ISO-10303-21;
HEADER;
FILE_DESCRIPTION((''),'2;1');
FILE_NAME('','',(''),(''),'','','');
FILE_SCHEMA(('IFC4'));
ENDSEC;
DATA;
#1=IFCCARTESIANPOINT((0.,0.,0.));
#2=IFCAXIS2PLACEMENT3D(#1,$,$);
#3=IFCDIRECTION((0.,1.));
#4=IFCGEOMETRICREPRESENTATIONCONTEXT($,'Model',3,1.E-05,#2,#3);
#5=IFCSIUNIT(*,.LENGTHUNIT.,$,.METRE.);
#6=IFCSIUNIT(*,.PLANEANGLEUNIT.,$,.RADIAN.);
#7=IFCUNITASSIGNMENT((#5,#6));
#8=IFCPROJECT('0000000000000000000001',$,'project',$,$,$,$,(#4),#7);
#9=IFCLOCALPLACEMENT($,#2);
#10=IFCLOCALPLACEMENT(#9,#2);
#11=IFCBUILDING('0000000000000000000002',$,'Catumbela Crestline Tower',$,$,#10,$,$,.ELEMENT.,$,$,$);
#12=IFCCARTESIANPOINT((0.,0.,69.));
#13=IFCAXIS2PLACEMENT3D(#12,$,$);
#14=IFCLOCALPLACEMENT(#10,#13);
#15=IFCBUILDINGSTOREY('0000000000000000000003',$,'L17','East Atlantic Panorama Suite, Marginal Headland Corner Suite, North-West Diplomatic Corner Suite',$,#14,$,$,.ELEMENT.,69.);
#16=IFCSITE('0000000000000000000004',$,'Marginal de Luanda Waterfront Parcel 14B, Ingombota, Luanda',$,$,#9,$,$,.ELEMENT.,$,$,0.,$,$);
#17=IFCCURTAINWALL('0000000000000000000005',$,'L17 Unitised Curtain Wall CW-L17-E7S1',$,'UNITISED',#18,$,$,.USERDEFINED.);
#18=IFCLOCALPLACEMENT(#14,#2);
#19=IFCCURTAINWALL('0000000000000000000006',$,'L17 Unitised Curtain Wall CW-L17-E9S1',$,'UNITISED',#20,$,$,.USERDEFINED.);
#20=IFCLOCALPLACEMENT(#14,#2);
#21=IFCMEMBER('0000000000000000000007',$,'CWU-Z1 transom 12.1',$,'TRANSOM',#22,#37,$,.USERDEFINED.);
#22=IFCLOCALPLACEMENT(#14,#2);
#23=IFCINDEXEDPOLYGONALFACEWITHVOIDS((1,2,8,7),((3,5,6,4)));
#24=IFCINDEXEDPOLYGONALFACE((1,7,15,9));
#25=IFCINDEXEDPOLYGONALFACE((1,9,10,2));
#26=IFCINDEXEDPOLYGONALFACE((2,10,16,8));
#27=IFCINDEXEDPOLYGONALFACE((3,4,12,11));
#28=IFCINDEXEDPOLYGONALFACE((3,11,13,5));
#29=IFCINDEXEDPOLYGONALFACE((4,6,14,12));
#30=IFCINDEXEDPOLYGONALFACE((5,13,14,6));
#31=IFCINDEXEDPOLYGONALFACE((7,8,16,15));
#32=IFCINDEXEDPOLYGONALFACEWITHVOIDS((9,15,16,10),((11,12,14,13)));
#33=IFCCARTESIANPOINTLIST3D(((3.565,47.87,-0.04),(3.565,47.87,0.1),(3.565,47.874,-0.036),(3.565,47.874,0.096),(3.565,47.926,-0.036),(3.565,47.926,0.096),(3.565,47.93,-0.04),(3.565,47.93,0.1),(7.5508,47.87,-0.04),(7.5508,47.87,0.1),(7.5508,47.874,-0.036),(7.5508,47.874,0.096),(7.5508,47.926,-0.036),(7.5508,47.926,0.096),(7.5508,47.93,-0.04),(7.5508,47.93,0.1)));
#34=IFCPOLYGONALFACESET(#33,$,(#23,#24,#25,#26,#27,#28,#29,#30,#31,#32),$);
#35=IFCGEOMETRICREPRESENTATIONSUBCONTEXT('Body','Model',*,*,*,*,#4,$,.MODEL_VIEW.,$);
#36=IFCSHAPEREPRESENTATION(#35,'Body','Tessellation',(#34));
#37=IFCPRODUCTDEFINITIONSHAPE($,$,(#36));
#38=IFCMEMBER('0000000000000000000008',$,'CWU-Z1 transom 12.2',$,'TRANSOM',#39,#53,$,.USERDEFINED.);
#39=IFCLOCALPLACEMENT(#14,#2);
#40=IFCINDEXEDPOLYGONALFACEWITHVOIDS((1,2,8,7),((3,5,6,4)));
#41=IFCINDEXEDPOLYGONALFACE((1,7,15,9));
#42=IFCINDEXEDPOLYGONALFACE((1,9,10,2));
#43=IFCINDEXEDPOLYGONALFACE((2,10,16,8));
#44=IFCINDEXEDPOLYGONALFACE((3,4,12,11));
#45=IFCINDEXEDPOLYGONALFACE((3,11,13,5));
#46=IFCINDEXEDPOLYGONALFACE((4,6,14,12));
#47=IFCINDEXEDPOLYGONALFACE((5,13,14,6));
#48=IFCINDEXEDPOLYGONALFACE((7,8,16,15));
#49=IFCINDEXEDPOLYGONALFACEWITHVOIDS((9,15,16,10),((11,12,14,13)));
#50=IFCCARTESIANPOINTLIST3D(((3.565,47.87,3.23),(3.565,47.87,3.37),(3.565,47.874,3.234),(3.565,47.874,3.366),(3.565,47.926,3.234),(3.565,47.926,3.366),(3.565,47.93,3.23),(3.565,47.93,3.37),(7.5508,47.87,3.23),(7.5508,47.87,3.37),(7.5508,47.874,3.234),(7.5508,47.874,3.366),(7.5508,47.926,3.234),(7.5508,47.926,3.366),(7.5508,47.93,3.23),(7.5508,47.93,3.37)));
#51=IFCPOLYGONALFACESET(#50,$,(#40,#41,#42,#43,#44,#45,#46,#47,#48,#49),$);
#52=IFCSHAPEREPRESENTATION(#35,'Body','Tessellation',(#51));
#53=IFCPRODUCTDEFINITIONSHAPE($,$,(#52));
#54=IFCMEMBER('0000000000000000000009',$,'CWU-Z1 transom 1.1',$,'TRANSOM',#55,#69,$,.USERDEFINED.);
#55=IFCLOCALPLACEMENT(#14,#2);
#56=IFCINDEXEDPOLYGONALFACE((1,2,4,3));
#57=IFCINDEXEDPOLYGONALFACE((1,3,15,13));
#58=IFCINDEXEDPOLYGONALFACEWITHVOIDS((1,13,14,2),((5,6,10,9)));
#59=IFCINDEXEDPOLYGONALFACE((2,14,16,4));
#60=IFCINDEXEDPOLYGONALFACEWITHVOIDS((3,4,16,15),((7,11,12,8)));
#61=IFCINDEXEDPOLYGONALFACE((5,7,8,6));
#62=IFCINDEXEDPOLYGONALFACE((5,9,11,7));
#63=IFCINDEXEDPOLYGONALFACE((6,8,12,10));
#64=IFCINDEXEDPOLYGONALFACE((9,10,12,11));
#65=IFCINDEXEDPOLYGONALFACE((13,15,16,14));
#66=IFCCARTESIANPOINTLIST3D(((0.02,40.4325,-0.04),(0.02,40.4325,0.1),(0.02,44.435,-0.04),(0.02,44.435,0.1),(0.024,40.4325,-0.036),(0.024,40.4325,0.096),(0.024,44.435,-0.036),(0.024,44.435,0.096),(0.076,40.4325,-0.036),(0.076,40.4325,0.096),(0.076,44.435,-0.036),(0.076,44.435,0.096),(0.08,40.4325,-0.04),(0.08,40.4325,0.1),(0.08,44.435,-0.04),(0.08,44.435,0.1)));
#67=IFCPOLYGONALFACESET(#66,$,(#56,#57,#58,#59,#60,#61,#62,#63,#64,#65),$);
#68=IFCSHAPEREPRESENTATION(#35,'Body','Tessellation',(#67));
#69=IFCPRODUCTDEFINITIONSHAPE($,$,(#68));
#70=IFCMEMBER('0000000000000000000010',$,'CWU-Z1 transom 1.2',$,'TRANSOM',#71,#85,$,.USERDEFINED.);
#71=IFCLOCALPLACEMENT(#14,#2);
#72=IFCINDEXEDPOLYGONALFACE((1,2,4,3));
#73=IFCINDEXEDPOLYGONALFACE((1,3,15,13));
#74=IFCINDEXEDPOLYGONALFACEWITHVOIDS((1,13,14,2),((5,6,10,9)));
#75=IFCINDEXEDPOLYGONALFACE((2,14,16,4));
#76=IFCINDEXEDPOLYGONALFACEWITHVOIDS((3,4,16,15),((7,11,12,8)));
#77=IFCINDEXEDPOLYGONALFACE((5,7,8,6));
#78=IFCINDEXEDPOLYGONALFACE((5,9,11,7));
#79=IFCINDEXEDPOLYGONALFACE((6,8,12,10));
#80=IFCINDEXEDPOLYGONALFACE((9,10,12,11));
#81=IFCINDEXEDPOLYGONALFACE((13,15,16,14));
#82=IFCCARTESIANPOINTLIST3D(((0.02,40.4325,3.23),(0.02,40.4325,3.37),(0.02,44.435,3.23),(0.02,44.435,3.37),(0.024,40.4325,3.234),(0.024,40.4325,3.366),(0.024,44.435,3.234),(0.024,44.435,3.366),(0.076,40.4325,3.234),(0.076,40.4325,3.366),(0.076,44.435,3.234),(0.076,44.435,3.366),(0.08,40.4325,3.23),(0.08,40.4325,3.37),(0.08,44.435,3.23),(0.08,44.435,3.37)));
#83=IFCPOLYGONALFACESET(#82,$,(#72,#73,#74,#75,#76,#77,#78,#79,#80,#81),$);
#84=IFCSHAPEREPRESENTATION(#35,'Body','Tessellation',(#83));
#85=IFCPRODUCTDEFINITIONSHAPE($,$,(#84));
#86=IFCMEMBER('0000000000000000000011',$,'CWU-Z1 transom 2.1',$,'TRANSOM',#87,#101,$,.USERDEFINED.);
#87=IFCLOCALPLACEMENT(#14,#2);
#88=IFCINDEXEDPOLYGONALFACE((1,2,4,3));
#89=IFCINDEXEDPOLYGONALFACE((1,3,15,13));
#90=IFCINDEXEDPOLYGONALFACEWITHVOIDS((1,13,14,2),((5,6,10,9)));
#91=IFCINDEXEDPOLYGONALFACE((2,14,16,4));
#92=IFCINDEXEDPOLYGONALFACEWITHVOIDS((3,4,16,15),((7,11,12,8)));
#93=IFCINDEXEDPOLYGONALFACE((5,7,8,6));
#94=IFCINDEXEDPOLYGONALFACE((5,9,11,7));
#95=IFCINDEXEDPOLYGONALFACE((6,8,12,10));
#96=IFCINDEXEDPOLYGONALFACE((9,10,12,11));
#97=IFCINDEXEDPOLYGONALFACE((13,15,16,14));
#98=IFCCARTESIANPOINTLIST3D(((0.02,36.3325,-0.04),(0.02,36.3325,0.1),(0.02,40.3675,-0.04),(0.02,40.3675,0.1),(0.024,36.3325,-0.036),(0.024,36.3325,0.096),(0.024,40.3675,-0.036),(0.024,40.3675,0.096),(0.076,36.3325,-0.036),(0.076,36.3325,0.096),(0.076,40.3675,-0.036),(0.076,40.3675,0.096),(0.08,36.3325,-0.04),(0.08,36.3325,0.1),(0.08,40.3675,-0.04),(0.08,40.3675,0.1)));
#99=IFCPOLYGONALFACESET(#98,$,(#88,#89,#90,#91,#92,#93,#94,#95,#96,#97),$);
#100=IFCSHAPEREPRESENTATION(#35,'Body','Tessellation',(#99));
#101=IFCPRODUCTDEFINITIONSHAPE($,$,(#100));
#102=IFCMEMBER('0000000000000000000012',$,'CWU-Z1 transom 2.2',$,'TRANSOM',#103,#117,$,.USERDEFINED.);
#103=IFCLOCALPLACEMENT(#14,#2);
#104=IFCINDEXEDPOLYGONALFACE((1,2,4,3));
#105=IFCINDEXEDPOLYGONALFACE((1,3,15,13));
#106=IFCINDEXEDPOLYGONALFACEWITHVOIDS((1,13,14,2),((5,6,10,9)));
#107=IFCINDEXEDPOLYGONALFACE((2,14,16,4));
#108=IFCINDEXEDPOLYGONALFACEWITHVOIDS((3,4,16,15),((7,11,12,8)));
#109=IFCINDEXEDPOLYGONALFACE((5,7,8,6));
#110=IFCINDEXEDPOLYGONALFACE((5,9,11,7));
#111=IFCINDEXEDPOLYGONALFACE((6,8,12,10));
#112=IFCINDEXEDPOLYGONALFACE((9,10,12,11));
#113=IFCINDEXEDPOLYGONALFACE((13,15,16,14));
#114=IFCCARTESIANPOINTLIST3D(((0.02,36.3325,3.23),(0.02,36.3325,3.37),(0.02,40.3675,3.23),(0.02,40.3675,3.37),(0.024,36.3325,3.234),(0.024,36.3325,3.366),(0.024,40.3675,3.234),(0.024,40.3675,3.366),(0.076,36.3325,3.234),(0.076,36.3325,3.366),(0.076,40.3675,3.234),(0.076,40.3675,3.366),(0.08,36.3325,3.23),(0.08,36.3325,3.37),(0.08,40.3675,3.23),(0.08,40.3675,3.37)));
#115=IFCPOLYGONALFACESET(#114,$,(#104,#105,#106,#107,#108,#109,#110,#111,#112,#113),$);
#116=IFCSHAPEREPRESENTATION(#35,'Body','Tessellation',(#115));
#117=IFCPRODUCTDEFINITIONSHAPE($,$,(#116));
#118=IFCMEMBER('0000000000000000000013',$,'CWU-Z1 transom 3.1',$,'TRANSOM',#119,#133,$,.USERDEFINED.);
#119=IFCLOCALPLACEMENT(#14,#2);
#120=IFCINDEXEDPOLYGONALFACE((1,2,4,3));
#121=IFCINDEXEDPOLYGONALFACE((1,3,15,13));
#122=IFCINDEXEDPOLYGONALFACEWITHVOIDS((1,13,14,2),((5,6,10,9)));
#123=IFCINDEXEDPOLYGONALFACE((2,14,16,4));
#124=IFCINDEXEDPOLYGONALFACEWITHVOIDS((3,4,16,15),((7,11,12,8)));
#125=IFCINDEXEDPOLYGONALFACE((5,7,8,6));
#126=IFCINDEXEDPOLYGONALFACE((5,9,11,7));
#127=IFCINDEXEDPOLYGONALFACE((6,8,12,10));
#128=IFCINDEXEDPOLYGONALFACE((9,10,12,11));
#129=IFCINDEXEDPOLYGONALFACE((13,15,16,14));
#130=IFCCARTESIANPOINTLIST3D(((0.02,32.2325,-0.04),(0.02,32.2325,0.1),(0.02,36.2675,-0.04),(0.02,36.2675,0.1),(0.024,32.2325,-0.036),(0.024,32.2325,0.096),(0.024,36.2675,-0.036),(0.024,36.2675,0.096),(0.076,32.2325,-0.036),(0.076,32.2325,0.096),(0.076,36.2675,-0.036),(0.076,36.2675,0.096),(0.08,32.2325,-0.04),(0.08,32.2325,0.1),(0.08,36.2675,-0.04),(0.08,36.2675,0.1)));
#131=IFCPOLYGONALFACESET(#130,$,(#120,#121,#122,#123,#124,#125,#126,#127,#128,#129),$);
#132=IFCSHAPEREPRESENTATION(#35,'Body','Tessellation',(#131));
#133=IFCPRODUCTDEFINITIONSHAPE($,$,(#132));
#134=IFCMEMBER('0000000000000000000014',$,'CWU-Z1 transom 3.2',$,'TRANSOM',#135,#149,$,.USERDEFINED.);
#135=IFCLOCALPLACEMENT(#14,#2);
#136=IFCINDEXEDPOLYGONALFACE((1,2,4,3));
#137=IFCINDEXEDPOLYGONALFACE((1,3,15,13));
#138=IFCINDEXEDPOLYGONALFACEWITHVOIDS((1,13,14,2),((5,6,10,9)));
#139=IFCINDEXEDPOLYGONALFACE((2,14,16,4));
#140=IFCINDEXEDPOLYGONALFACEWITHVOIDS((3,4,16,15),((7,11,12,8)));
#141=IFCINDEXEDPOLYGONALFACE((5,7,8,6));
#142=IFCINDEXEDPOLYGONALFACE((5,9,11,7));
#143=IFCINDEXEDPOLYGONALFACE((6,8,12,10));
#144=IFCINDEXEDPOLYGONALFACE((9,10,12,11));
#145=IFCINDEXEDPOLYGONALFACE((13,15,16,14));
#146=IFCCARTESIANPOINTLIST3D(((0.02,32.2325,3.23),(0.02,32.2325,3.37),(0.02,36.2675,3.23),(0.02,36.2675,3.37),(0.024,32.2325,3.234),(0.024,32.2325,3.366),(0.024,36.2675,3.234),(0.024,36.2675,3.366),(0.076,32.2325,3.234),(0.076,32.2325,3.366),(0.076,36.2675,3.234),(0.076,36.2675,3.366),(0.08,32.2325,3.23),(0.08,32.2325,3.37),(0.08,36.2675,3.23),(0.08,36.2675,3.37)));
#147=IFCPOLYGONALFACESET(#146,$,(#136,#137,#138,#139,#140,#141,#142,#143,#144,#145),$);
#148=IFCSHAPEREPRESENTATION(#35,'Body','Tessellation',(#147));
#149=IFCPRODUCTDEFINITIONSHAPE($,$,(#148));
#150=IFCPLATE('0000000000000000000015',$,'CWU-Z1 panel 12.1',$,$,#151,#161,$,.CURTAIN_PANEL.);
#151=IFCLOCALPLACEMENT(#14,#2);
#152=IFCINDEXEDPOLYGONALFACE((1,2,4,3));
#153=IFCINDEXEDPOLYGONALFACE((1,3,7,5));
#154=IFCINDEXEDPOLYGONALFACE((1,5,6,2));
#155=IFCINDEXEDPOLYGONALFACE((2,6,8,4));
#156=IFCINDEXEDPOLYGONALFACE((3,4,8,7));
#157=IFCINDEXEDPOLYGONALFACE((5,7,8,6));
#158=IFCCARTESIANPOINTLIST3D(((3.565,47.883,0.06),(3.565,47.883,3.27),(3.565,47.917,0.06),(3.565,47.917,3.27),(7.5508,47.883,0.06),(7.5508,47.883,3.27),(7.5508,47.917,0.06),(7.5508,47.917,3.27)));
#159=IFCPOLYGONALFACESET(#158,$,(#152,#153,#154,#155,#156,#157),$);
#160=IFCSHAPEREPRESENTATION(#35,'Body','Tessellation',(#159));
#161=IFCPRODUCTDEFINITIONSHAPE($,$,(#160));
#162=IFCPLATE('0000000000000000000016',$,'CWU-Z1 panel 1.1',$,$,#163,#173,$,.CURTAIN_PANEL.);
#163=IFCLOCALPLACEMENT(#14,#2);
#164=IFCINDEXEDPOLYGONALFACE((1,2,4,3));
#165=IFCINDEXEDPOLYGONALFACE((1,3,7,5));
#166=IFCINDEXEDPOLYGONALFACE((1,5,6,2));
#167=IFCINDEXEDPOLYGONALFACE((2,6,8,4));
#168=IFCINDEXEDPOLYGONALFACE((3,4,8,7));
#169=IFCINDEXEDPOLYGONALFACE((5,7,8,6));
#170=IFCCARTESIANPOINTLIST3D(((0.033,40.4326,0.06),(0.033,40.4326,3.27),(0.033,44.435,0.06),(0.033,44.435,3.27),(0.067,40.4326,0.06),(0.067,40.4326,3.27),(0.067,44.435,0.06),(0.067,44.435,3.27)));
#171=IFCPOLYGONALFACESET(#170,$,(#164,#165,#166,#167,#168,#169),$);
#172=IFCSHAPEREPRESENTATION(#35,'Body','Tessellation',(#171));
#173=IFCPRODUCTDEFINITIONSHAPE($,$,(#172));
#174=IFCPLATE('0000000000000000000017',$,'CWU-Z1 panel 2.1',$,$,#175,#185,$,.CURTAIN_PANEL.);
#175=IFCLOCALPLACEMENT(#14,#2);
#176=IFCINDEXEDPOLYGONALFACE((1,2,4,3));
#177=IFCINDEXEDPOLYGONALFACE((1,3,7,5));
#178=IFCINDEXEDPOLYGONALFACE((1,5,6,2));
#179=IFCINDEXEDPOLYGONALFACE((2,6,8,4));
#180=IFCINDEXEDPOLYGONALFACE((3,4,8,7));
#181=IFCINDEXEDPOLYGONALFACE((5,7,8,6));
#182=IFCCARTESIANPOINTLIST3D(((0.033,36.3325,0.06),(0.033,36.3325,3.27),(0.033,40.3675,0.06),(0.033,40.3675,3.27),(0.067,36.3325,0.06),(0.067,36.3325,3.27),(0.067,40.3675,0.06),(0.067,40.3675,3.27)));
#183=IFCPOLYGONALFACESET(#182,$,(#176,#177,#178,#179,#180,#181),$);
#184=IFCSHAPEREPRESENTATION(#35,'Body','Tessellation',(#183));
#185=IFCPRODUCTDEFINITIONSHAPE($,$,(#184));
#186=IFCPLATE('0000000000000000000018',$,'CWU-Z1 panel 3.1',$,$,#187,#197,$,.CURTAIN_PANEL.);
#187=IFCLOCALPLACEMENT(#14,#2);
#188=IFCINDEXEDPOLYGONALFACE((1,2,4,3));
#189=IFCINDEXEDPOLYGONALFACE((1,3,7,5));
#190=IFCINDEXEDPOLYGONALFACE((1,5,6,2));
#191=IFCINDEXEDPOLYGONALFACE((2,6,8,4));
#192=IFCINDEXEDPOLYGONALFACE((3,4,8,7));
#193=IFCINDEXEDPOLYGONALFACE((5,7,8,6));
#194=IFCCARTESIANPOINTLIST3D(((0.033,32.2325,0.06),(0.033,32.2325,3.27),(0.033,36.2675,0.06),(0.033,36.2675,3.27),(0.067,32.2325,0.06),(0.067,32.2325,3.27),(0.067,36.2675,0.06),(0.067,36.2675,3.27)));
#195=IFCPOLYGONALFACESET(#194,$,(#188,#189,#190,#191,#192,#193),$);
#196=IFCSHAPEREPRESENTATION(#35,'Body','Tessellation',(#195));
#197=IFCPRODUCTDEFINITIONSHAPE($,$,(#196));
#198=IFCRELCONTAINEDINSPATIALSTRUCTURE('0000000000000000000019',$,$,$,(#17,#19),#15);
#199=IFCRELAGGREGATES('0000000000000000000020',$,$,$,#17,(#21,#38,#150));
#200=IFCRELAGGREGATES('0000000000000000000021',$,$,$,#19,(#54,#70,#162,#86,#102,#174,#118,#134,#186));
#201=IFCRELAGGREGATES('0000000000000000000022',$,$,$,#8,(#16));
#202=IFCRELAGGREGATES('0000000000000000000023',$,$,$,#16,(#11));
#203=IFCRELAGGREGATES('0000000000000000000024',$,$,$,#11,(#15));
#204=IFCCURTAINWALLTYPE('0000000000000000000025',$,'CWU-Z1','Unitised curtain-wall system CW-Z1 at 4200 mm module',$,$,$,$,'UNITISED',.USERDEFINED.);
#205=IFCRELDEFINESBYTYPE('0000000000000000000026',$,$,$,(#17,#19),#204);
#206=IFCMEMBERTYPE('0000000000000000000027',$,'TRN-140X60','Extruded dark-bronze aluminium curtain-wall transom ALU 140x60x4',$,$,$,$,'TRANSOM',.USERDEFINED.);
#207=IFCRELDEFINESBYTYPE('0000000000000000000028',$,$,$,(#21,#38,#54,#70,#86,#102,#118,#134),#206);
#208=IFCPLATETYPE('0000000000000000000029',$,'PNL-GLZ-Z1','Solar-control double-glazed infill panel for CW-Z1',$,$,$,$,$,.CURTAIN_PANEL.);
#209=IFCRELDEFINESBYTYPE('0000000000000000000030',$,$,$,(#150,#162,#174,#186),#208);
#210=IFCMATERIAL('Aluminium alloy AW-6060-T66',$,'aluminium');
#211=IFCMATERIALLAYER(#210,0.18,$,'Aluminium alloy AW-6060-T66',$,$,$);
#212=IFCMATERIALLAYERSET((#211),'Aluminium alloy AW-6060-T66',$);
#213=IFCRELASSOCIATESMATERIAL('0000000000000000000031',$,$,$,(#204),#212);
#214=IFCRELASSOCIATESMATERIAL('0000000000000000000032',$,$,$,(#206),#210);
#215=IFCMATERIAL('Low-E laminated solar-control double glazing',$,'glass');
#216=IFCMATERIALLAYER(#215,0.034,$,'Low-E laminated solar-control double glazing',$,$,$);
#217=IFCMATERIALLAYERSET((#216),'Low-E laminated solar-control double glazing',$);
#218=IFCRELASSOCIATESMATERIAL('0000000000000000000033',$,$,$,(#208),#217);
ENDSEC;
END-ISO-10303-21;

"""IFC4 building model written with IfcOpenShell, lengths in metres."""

from ifc_helpers import new_model, si_unit, direction, frame, origin, origin_2d, place, context, subcontext, project, spatial, rectangle, hollow_rectangle, extrude, material, layer, layer_set, material_profile, profile_set, type_object, element, aggregate, save


model = new_model("IFC4")

# Units and contexts
model_context = context("Model", 3, precision=1e-05, world=origin(), true_north=direction((0.0, 1.0)))
body_context = subcontext(model_context, "Body", "Model", "MODEL_VIEW")
ifc_project = project(units=[si_unit("LENGTHUNIT", "METRE"), si_unit("PLANEANGLEUNIT", "RADIAN")], contexts=[model_context])

# Site, building, storey
site_placement = place(None, origin())
site = spatial("IfcSite", under=ifc_project, at=site_placement, Name="Marginal de Luanda Waterfront Parcel 14B, Ingombota, Luanda", CompositionType="ELEMENT", RefElevation=0.0)
building_placement = place(site_placement, origin())
building = spatial("IfcBuilding", under=site, at=building_placement, Name="Catumbela Crestline Tower", CompositionType="ELEMENT")
storey_placement = place(building_placement, frame((0.0, 0.0, 69.0)))
storey = spatial("IfcBuildingStorey", under=building, at=storey_placement, Name="L17", Description="East Atlantic Panorama Suite, Marginal Headland Corner Suite, North-West Diplomatic Corner Suite", CompositionType="ELEMENT", Elevation=69.0)

# Curtain walls
ifc_material_1 = material(Name="Aluminium alloy AW-6060-T66", Category="aluminium")
ifc_layer_1 = layer(ifc_material_1, 0.18, Name="Aluminium alloy AW-6060-T66")
ifc_layer_set_1 = layer_set([ifc_layer_1], Name="Aluminium alloy AW-6060-T66")
curtain_wall_type = type_object("IfcCurtainWallType", Name="CWU-Z1", Description="Unitised curtain-wall system CW-Z1 at 4200 mm module", ElementType="UNITISED", PredefinedType="USERDEFINED", material=ifc_layer_set_1)
curtain_wall_1_placement = place(storey_placement, origin())
curtain_wall_1 = element("IfcCurtainWall", 1, at=curtain_wall_1_placement, inside=storey, type_object=curtain_wall_type, Name="L17 Unitised Curtain Wall CW-L17-E7S1", ObjectType="UNITISED", PredefinedType="USERDEFINED")
curtain_wall_2_placement = place(storey_placement, origin())
curtain_wall_2 = element("IfcCurtainWall", 2, at=curtain_wall_2_placement, inside=storey, type_object=curtain_wall_type, Name="L17 Unitised Curtain Wall CW-L17-E9S1", ObjectType="UNITISED", PredefinedType="USERDEFINED")

# Members
ifc_material_profile_1 = material_profile(ifc_material_1, hollow_rectangle(XDim=0.06, YDim=0.14, WallThickness=0.004, at=origin_2d()), Name="ALU 140x60x4")
ifc_profile_set_1 = profile_set([ifc_material_profile_1], Name="Aluminium alloy AW-6060-T66")
member_type_1 = type_object("IfcMemberType", Name="TRN-140X60", Description="Extruded dark-bronze aluminium curtain-wall transom ALU 140x60x4", ElementType="TRANSOM", PredefinedType="USERDEFINED", material=ifc_profile_set_1)
member_1_placement = place(storey_placement, frame((7.5508, 47.9, 0.03), z_axis=(-1.0, 0.0, 0.0), x_axis=(0.0, -1.0, 0.0)))
member_1 = element("IfcMember", 3, at=member_1_placement, type_object=member_type_1, Name="CWU-Z1 transom 12.1", ObjectType="TRANSOM", PredefinedType="USERDEFINED", context=body_context, shape_type="SweptSolid", body=[
    extrude(hollow_rectangle(XDim=0.06, YDim=0.14, WallThickness=0.004, at=origin_2d()), origin(), (0.0, 0.0, 1.0), 3.9858),
])
member_2_placement = place(storey_placement, frame((7.5508, 47.9, 3.3), z_axis=(-1.0, 0.0, 0.0), x_axis=(0.0, -1.0, 0.0)))
member_2 = element("IfcMember", 4, at=member_2_placement, type_object=member_type_1, Name="CWU-Z1 transom 12.2", ObjectType="TRANSOM", PredefinedType="USERDEFINED", context=body_context, shape_type="SweptSolid", body=[
    extrude(hollow_rectangle(XDim=0.06, YDim=0.14, WallThickness=0.004, at=origin_2d()), origin(), (0.0, 0.0, 1.0), 3.9858),
])
member_3_placement = place(storey_placement, frame((0.05, 44.435, 0.03), z_axis=(0.0, -1.0, 0.0), x_axis=(1.0, 0.0, 0.0)))
member_3 = element("IfcMember", 5, at=member_3_placement, type_object=member_type_1, Name="CWU-Z1 transom 1.1", ObjectType="TRANSOM", PredefinedType="USERDEFINED", context=body_context, shape_type="SweptSolid", body=[
    extrude(hollow_rectangle(XDim=0.06, YDim=0.14, WallThickness=0.004, at=origin_2d()), origin(), (0.0, 0.0, 1.0), 4.0025),
])
member_4_placement = place(storey_placement, frame((0.05, 44.435, 3.3), z_axis=(0.0, -1.0, 0.0), x_axis=(1.0, 0.0, 0.0)))
member_4 = element("IfcMember", 6, at=member_4_placement, type_object=member_type_1, Name="CWU-Z1 transom 1.2", ObjectType="TRANSOM", PredefinedType="USERDEFINED", context=body_context, shape_type="SweptSolid", body=[
    extrude(hollow_rectangle(XDim=0.06, YDim=0.14, WallThickness=0.004, at=origin_2d()), origin(), (0.0, 0.0, 1.0), 4.0025),
])
member_5_placement = place(storey_placement, frame((0.05, 40.3675, 0.03), z_axis=(0.0, -1.0, 0.0), x_axis=(1.0, 0.0, 0.0)))
member_5 = element("IfcMember", 7, at=member_5_placement, type_object=member_type_1, Name="CWU-Z1 transom 2.1", ObjectType="TRANSOM", PredefinedType="USERDEFINED", context=body_context, shape_type="SweptSolid", body=[
    extrude(hollow_rectangle(XDim=0.06, YDim=0.14, WallThickness=0.004, at=origin_2d()), origin(), (0.0, 0.0, 1.0), 4.035),
])
member_6_placement = place(storey_placement, frame((0.05, 40.3675, 3.3), z_axis=(0.0, -1.0, 0.0), x_axis=(1.0, 0.0, 0.0)))
member_6 = element("IfcMember", 8, at=member_6_placement, type_object=member_type_1, Name="CWU-Z1 transom 2.2", ObjectType="TRANSOM", PredefinedType="USERDEFINED", context=body_context, shape_type="SweptSolid", body=[
    extrude(hollow_rectangle(XDim=0.06, YDim=0.14, WallThickness=0.004, at=origin_2d()), origin(), (0.0, 0.0, 1.0), 4.035),
])
member_7_placement = place(storey_placement, frame((0.05, 36.2675, 0.03), z_axis=(0.0, -1.0, 0.0), x_axis=(1.0, 0.0, 0.0)))
member_7 = element("IfcMember", 9, at=member_7_placement, type_object=member_type_1, Name="CWU-Z1 transom 3.1", ObjectType="TRANSOM", PredefinedType="USERDEFINED", context=body_context, shape_type="SweptSolid", body=[
    extrude(hollow_rectangle(XDim=0.06, YDim=0.14, WallThickness=0.004, at=origin_2d()), origin(), (0.0, 0.0, 1.0), 4.035),
])
member_8_placement = place(storey_placement, frame((0.05, 36.2675, 3.3), z_axis=(0.0, -1.0, 0.0), x_axis=(1.0, 0.0, 0.0)))
member_8 = element("IfcMember", 10, at=member_8_placement, type_object=member_type_1, Name="CWU-Z1 transom 3.2", ObjectType="TRANSOM", PredefinedType="USERDEFINED", context=body_context, shape_type="SweptSolid", body=[
    extrude(hollow_rectangle(XDim=0.06, YDim=0.14, WallThickness=0.004, at=origin_2d()), origin(), (0.0, 0.0, 1.0), 4.035),
])

# Plates
ifc_material_2 = material(Name="Low-E laminated solar-control double glazing", Category="glass")
ifc_layer_2 = layer(ifc_material_2, 0.034, Name="Low-E laminated solar-control double glazing")
ifc_layer_set_2 = layer_set([ifc_layer_2], Name="Low-E laminated solar-control double glazing")
plate_type = type_object("IfcPlateType", Name="PNL-GLZ-Z1", Description="Solar-control double-glazed infill panel for CW-Z1", PredefinedType="CURTAIN_PANEL", material=ifc_layer_set_2)
plate_1_placement = place(storey_placement, frame((5.5579, 47.9, 0.06), z_axis=(0.0, 0.0, 1.0), x_axis=(-1.0, 0.0, 0.0)))
plate_1 = element("IfcPlate", 11, at=plate_1_placement, type_object=plate_type, Name="CWU-Z1 panel 12.1", PredefinedType="CURTAIN_PANEL", context=body_context, shape_type="SweptSolid", body=[
    extrude(rectangle(XDim=3.9858, YDim=0.034, at=origin_2d()), origin(), (0.0, 0.0, 1.0), 3.21),
])
aggregate(curtain_wall_1, [member_1, member_2, plate_1])
plate_2_placement = place(storey_placement, frame((0.05, 42.4338, 0.06), z_axis=(0.0, 0.0, 1.0), x_axis=(0.0, -1.0, 0.0)))
plate_2 = element("IfcPlate", 12, at=plate_2_placement, type_object=plate_type, Name="CWU-Z1 panel 1.1", PredefinedType="CURTAIN_PANEL", context=body_context, shape_type="SweptSolid", body=[
    extrude(rectangle(XDim=4.0025, YDim=0.034, at=origin_2d()), origin(), (0.0, 0.0, 1.0), 3.21),
])
plate_3_placement = place(storey_placement, frame((0.05, 38.35, 0.06), z_axis=(0.0, 0.0, 1.0), x_axis=(0.0, -1.0, 0.0)))
plate_3 = element("IfcPlate", 13, at=plate_3_placement, type_object=plate_type, Name="CWU-Z1 panel 2.1", PredefinedType="CURTAIN_PANEL", context=body_context, shape_type="SweptSolid", body=[
    extrude(rectangle(XDim=4.035, YDim=0.034, at=origin_2d()), origin(), (0.0, 0.0, 1.0), 3.21),
])
plate_4_placement = place(storey_placement, frame((0.05, 34.25, 0.06), z_axis=(0.0, 0.0, 1.0), x_axis=(0.0, -1.0, 0.0)))
plate_4 = element("IfcPlate", 14, at=plate_4_placement, type_object=plate_type, Name="CWU-Z1 panel 3.1", PredefinedType="CURTAIN_PANEL", context=body_context, shape_type="SweptSolid", body=[
    extrude(rectangle(XDim=4.035, YDim=0.034, at=origin_2d()), origin(), (0.0, 0.0, 1.0), 3.21),
])
aggregate(curtain_wall_2, [member_3, member_4, plate_2, member_5, member_6, plate_3, member_7, member_8, plate_4])

save(model, "model.ifc")
